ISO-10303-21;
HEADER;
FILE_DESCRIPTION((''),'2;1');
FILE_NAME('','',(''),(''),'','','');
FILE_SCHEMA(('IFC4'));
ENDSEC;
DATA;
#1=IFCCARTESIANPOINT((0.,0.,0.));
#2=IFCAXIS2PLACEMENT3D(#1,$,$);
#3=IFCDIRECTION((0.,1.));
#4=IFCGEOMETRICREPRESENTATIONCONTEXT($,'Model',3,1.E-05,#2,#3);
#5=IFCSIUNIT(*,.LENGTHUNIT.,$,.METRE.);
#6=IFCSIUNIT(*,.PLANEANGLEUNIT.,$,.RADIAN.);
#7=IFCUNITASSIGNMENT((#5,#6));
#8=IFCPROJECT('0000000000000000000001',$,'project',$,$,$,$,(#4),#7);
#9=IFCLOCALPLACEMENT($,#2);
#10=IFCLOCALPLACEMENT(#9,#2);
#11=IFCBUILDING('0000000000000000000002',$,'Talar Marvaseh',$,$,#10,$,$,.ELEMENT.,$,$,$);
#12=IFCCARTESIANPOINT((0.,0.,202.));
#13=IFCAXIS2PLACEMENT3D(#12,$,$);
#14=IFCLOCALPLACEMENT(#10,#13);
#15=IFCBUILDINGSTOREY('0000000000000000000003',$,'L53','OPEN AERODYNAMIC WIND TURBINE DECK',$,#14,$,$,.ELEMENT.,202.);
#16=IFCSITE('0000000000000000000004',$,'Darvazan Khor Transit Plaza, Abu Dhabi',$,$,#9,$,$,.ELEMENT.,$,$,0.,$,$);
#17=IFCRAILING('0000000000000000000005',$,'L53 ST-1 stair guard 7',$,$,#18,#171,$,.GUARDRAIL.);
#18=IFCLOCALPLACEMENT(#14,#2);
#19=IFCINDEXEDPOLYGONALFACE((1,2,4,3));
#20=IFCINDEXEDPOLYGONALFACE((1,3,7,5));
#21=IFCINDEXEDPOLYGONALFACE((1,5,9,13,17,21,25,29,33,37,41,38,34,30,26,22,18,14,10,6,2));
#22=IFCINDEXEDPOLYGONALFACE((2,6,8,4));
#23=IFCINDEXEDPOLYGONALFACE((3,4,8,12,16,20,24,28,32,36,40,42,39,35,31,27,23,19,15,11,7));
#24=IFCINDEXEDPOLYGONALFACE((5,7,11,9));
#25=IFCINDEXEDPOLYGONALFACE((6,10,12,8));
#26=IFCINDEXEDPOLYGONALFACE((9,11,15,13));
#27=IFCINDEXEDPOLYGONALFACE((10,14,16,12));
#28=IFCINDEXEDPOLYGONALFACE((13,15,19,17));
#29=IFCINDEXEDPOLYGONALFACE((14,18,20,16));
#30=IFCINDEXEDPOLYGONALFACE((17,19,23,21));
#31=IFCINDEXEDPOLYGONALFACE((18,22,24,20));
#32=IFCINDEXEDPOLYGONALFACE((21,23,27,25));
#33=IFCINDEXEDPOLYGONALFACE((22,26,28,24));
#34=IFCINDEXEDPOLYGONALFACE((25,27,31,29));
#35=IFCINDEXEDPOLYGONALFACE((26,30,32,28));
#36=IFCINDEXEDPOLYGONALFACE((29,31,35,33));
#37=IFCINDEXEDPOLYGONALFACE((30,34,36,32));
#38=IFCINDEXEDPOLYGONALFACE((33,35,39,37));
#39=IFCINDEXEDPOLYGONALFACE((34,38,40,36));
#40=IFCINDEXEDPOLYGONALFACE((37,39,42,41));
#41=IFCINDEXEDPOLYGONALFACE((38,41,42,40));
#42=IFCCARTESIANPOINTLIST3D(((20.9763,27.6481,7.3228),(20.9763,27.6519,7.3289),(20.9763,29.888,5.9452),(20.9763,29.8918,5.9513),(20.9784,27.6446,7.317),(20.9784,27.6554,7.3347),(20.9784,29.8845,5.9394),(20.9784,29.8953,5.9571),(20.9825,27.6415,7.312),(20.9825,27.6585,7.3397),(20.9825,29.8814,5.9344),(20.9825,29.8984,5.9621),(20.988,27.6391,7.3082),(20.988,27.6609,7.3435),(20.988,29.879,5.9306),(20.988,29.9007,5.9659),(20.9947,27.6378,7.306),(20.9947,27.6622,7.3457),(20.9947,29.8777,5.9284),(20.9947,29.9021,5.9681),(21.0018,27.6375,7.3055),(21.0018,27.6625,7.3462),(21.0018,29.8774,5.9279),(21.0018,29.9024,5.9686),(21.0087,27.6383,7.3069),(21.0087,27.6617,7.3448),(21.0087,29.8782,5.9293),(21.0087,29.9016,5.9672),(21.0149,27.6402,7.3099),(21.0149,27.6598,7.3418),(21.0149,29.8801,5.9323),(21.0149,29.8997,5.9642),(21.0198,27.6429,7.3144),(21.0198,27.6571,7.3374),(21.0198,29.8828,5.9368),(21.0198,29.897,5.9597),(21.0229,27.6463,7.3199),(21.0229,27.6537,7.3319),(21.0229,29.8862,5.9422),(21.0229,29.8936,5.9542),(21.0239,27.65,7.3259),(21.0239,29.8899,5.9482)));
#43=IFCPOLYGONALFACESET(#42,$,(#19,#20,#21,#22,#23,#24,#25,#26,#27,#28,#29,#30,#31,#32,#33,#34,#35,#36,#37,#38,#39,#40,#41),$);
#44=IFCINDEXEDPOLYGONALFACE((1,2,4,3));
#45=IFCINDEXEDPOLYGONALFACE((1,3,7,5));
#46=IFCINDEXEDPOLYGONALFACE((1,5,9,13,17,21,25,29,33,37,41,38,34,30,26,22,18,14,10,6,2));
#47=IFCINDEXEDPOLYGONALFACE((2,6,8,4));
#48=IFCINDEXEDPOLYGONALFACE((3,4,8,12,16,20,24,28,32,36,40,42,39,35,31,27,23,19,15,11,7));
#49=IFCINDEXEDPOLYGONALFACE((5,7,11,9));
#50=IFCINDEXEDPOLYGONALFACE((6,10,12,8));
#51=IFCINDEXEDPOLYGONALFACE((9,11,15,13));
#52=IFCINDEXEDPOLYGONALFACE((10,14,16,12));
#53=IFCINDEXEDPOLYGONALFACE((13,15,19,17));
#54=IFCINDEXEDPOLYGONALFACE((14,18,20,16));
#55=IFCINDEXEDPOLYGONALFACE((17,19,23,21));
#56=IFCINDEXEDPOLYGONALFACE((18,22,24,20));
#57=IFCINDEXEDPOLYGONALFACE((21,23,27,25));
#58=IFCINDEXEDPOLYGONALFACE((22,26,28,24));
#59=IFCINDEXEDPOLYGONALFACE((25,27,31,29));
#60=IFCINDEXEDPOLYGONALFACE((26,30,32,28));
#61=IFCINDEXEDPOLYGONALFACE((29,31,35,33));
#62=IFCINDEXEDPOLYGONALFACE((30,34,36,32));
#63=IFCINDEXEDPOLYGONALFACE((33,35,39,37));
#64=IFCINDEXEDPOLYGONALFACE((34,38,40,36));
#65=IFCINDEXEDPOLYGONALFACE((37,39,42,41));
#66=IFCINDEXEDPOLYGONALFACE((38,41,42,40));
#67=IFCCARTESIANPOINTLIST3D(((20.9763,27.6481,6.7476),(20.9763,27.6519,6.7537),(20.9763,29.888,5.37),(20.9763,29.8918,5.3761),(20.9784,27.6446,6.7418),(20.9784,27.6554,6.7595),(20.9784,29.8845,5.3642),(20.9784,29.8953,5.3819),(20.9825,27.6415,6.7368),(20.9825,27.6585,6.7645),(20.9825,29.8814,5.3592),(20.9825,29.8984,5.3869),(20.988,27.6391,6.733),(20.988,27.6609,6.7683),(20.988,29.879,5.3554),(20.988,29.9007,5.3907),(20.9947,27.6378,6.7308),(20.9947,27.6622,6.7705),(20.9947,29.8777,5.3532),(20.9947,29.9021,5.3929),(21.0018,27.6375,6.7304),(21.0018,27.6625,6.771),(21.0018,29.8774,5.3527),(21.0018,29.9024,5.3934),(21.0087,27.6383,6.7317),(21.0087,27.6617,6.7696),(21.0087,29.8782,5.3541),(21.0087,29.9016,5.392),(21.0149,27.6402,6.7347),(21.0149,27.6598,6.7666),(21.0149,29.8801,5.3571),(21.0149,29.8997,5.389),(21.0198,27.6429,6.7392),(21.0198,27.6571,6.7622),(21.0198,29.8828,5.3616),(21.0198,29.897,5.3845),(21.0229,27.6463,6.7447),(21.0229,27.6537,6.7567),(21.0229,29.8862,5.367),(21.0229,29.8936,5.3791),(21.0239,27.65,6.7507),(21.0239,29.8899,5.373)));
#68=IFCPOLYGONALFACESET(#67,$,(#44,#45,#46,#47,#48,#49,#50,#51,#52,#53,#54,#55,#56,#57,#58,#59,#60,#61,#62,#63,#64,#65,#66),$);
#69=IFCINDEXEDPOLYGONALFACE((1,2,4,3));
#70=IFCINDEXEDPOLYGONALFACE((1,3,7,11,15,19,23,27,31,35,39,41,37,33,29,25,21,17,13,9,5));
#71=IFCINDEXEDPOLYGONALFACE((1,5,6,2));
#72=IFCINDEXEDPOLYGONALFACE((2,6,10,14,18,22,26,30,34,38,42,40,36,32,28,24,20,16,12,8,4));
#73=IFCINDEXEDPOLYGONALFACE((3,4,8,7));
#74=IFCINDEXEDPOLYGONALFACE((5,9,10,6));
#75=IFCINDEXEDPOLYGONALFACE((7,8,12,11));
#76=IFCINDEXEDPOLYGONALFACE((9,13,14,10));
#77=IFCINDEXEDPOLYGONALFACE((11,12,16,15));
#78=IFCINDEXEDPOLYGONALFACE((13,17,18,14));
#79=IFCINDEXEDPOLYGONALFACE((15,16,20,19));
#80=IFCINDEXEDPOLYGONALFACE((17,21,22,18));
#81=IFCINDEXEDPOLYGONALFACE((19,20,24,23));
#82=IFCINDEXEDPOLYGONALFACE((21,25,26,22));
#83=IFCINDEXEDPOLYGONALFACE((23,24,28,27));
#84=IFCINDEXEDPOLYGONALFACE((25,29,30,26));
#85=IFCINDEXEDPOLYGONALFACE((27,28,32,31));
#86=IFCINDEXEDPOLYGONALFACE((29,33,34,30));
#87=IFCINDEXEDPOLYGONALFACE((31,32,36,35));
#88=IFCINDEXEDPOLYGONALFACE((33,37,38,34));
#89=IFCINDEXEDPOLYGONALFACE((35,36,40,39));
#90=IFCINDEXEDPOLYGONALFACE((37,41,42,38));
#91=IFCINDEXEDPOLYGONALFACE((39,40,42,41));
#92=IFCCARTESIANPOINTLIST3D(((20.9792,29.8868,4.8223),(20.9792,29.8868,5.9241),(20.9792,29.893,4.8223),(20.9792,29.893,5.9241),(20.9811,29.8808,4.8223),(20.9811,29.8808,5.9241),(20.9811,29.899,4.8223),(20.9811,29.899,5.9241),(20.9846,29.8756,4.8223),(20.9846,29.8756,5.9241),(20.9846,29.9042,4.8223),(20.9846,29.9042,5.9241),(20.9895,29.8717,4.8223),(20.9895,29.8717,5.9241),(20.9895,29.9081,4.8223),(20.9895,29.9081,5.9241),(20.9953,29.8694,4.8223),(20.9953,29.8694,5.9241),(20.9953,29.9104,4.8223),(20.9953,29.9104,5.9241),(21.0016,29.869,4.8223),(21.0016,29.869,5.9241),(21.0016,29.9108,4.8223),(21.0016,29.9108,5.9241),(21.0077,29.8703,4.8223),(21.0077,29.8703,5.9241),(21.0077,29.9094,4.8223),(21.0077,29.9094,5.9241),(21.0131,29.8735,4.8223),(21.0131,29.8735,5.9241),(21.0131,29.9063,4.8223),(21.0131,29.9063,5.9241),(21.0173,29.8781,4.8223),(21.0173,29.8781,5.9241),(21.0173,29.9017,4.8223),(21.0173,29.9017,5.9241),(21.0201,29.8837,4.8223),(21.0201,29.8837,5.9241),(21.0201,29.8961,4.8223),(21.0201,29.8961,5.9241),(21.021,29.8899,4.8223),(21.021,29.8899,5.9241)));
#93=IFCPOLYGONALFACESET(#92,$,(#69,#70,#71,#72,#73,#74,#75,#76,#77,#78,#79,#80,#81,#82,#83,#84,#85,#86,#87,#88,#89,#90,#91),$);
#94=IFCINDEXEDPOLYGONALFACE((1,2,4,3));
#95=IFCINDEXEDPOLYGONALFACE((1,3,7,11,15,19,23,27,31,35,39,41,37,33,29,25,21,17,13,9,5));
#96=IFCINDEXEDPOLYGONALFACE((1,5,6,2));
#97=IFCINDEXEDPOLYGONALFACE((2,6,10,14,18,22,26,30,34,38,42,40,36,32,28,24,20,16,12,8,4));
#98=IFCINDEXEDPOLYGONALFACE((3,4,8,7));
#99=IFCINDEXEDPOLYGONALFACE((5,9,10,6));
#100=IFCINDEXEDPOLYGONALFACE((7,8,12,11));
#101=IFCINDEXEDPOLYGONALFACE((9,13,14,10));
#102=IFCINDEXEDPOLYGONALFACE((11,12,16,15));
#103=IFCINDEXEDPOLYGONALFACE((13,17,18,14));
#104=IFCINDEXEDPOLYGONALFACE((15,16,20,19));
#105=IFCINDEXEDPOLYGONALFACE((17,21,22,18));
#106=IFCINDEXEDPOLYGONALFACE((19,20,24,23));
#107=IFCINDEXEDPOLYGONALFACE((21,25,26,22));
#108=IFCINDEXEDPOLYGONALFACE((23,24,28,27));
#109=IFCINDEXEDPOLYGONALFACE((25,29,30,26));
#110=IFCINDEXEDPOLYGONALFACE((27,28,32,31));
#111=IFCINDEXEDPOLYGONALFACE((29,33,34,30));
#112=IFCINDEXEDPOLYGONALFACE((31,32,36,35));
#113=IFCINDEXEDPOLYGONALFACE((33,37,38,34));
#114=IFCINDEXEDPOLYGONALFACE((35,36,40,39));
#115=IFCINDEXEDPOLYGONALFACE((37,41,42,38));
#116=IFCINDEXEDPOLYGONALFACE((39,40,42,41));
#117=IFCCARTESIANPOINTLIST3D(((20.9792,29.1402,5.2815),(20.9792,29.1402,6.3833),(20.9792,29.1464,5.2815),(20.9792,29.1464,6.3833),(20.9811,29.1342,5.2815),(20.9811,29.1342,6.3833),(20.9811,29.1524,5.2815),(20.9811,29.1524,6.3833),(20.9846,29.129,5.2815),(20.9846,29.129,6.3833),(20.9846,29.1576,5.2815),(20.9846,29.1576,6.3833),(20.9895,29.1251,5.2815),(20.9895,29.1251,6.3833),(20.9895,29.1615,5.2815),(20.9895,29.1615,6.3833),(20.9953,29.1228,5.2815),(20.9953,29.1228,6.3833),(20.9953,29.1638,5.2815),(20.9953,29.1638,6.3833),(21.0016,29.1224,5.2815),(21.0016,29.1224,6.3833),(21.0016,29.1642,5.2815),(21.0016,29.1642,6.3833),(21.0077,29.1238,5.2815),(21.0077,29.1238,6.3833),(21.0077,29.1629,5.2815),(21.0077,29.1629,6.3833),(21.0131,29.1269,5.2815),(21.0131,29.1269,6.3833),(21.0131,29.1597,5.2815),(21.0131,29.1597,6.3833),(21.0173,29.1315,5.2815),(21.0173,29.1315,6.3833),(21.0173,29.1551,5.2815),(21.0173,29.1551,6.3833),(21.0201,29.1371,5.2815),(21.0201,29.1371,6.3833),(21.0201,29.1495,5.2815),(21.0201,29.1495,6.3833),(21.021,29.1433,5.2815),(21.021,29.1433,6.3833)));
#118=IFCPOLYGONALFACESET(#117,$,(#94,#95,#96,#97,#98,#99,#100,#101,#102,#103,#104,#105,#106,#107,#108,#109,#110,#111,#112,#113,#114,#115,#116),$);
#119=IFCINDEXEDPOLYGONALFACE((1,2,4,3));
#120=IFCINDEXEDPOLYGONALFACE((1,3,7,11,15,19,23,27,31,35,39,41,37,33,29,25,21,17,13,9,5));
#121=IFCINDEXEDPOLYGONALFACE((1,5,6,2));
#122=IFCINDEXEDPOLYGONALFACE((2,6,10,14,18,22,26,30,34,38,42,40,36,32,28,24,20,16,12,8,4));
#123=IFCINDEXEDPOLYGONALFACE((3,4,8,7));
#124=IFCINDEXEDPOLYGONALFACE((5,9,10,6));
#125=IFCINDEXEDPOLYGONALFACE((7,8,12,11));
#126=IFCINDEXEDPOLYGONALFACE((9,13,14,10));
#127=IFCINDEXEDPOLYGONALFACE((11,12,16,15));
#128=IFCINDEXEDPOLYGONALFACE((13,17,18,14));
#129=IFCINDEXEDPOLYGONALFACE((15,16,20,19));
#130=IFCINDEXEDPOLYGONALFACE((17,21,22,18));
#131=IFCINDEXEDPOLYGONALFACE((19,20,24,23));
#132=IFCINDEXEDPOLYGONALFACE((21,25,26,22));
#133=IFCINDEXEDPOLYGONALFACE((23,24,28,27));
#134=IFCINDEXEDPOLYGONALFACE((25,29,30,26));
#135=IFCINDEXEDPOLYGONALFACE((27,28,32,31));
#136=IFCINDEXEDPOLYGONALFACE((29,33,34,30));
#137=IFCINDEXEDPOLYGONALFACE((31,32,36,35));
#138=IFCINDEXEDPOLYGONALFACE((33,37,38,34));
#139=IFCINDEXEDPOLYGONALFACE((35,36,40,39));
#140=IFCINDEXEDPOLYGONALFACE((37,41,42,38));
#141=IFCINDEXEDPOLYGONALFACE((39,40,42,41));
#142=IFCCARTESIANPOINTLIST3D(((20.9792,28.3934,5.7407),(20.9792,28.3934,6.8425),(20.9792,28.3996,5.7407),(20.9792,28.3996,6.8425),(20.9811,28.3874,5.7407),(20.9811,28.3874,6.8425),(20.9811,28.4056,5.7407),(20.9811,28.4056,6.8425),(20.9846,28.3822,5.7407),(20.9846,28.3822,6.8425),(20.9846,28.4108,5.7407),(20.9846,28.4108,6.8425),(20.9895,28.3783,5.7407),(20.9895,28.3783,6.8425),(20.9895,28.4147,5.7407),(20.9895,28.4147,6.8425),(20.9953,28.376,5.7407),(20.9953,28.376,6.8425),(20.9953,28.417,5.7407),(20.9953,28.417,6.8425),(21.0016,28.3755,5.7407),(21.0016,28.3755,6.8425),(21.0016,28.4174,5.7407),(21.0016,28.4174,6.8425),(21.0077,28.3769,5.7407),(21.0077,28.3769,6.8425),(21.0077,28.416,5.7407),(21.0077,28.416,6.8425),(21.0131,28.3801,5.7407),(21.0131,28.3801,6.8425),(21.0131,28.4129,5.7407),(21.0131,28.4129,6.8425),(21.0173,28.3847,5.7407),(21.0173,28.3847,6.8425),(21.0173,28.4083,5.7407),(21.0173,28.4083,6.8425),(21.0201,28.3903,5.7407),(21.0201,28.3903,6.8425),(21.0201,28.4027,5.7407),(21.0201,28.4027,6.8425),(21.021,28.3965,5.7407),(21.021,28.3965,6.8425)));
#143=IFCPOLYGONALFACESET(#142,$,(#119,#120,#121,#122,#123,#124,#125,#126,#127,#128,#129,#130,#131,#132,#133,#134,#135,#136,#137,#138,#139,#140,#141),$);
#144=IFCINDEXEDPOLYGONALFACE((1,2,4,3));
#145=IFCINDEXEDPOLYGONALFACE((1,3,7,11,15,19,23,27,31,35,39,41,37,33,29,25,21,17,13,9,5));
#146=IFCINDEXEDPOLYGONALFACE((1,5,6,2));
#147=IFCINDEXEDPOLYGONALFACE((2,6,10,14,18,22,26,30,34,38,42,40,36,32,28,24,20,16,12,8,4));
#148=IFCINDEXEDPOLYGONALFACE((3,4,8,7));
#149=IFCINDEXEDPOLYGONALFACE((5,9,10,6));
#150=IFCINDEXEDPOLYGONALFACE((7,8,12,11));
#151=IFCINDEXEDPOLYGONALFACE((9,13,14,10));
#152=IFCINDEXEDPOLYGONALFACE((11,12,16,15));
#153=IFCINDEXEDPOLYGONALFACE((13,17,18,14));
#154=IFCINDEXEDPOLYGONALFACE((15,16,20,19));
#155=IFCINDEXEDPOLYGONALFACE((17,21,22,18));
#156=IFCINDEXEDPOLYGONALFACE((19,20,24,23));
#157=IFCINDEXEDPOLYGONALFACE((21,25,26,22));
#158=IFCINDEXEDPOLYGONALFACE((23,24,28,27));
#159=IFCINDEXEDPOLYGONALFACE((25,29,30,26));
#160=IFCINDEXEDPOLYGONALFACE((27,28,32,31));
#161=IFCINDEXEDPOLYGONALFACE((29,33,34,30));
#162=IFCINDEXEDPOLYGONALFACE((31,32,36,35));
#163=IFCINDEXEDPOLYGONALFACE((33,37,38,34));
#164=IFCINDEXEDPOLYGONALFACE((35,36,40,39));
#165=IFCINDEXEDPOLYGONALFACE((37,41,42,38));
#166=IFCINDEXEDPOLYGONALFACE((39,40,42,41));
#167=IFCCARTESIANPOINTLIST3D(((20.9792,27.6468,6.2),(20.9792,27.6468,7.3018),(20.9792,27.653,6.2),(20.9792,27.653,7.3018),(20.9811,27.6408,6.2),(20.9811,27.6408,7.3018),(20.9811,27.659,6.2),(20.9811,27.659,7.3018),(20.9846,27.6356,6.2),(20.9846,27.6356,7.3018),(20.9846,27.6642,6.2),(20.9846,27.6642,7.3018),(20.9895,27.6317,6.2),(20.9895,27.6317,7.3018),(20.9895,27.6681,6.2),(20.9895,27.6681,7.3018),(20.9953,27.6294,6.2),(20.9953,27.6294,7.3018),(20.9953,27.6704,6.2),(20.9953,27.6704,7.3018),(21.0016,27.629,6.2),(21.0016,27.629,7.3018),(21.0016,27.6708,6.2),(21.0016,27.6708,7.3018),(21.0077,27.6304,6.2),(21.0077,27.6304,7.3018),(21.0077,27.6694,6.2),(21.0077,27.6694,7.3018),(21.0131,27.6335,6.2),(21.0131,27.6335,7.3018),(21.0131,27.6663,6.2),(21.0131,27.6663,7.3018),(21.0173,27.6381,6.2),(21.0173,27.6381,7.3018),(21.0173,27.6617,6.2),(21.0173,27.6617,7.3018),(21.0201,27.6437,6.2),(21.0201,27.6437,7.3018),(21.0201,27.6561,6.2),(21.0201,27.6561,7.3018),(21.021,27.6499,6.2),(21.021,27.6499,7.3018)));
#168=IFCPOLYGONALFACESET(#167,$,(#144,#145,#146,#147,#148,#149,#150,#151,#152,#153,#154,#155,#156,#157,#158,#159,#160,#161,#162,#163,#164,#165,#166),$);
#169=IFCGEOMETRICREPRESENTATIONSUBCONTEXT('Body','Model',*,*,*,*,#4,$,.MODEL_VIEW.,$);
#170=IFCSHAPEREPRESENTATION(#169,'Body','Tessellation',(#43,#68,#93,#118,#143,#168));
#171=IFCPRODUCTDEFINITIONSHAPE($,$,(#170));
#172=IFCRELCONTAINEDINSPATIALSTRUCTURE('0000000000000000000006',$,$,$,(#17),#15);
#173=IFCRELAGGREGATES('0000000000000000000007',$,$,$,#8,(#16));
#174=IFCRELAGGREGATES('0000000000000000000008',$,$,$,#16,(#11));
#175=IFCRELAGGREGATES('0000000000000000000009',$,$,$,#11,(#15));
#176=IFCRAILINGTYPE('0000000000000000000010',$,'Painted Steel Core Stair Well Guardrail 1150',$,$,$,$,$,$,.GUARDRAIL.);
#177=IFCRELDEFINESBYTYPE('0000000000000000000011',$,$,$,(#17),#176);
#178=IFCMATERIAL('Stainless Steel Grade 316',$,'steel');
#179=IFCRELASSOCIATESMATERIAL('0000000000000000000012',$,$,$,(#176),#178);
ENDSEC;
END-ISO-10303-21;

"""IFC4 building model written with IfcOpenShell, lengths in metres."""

from ifc_helpers import new_model, si_unit, direction, frame, origin, origin_2d, place, context, subcontext, project, spatial, circle, extrude, material, type_object, element, save


model = new_model("IFC4")

# Units and contexts
model_context = context("Model", 3, precision=1e-05, world=origin(), true_north=direction((0.0, 1.0)))
body_context = subcontext(model_context, "Body", "Model", "MODEL_VIEW")
ifc_project = project(units=[si_unit("LENGTHUNIT", "METRE"), si_unit("PLANEANGLEUNIT", "RADIAN")], contexts=[model_context])

# Site, building, storey
site_placement = place(None, origin())
site = spatial("IfcSite", under=ifc_project, at=site_placement, Name="Darvazan Khor Transit Plaza, Abu Dhabi", CompositionType="ELEMENT", RefElevation=0.0)
building_placement = place(site_placement, origin())
building = spatial("IfcBuilding", under=site, at=building_placement, Name="Talar Marvaseh", CompositionType="ELEMENT")
storey_placement = place(building_placement, frame((0.0, 0.0, 202.0)))
storey = spatial("IfcBuildingStorey", under=building, at=storey_placement, Name="L53", Description="OPEN AERODYNAMIC WIND TURBINE DECK", CompositionType="ELEMENT", Elevation=202.0)

# Shared definitions
ifc_material_1 = material(Name="Stainless Steel Grade 316", Category="steel")

# Railing
railing_type_1 = type_object("IfcRailingType", Name="Painted Steel Core Stair Well Guardrail 1150", PredefinedType="GUARDRAIL", material=ifc_material_1)
railing_1_placement = place(storey_placement, frame((21.0, 29.8899, 4.8223)))
element("IfcRailing", 1, at=railing_1_placement, inside=storey, type_object=railing_type_1, Name="L53 ST-1 stair guard 7", PredefinedType="GUARDRAIL", context=body_context, shape_type="SweptSolid", body=[
    extrude(circle(Radius=0.0239, at=origin_2d()), frame((0.0, 0.0, 1.126), z_axis=(0.0, -0.851789, 0.523885), x_axis=(1.0, 0.0, 0.0)), (0.0, 0.0, 1.0), 2.6296),
    extrude(circle(Radius=0.0239, at=origin_2d()), frame((0.0, 0.0, 0.5508), z_axis=(0.0, -0.851789, 0.523885), x_axis=(1.0, 0.0, 0.0)), (0.0, 0.0, 1.0), 2.6296),
    extrude(circle(Radius=0.021, at=origin_2d()), origin(), (0.0, 0.0, 1.0), 1.1018),
    extrude(circle(Radius=0.021, at=origin_2d()), frame((0.0, -0.7466, 0.4592)), (0.0, 0.0, 1.0), 1.1018),
    extrude(circle(Radius=0.021, at=origin_2d()), frame((0.0, -1.4934, 0.9185)), (0.0, 0.0, 1.0), 1.1018),
    extrude(circle(Radius=0.021, at=origin_2d()), frame((0.0, -2.24, 1.3777)), (0.0, 0.0, 1.0), 1.1018),
])

save(model, "model.ifc")
